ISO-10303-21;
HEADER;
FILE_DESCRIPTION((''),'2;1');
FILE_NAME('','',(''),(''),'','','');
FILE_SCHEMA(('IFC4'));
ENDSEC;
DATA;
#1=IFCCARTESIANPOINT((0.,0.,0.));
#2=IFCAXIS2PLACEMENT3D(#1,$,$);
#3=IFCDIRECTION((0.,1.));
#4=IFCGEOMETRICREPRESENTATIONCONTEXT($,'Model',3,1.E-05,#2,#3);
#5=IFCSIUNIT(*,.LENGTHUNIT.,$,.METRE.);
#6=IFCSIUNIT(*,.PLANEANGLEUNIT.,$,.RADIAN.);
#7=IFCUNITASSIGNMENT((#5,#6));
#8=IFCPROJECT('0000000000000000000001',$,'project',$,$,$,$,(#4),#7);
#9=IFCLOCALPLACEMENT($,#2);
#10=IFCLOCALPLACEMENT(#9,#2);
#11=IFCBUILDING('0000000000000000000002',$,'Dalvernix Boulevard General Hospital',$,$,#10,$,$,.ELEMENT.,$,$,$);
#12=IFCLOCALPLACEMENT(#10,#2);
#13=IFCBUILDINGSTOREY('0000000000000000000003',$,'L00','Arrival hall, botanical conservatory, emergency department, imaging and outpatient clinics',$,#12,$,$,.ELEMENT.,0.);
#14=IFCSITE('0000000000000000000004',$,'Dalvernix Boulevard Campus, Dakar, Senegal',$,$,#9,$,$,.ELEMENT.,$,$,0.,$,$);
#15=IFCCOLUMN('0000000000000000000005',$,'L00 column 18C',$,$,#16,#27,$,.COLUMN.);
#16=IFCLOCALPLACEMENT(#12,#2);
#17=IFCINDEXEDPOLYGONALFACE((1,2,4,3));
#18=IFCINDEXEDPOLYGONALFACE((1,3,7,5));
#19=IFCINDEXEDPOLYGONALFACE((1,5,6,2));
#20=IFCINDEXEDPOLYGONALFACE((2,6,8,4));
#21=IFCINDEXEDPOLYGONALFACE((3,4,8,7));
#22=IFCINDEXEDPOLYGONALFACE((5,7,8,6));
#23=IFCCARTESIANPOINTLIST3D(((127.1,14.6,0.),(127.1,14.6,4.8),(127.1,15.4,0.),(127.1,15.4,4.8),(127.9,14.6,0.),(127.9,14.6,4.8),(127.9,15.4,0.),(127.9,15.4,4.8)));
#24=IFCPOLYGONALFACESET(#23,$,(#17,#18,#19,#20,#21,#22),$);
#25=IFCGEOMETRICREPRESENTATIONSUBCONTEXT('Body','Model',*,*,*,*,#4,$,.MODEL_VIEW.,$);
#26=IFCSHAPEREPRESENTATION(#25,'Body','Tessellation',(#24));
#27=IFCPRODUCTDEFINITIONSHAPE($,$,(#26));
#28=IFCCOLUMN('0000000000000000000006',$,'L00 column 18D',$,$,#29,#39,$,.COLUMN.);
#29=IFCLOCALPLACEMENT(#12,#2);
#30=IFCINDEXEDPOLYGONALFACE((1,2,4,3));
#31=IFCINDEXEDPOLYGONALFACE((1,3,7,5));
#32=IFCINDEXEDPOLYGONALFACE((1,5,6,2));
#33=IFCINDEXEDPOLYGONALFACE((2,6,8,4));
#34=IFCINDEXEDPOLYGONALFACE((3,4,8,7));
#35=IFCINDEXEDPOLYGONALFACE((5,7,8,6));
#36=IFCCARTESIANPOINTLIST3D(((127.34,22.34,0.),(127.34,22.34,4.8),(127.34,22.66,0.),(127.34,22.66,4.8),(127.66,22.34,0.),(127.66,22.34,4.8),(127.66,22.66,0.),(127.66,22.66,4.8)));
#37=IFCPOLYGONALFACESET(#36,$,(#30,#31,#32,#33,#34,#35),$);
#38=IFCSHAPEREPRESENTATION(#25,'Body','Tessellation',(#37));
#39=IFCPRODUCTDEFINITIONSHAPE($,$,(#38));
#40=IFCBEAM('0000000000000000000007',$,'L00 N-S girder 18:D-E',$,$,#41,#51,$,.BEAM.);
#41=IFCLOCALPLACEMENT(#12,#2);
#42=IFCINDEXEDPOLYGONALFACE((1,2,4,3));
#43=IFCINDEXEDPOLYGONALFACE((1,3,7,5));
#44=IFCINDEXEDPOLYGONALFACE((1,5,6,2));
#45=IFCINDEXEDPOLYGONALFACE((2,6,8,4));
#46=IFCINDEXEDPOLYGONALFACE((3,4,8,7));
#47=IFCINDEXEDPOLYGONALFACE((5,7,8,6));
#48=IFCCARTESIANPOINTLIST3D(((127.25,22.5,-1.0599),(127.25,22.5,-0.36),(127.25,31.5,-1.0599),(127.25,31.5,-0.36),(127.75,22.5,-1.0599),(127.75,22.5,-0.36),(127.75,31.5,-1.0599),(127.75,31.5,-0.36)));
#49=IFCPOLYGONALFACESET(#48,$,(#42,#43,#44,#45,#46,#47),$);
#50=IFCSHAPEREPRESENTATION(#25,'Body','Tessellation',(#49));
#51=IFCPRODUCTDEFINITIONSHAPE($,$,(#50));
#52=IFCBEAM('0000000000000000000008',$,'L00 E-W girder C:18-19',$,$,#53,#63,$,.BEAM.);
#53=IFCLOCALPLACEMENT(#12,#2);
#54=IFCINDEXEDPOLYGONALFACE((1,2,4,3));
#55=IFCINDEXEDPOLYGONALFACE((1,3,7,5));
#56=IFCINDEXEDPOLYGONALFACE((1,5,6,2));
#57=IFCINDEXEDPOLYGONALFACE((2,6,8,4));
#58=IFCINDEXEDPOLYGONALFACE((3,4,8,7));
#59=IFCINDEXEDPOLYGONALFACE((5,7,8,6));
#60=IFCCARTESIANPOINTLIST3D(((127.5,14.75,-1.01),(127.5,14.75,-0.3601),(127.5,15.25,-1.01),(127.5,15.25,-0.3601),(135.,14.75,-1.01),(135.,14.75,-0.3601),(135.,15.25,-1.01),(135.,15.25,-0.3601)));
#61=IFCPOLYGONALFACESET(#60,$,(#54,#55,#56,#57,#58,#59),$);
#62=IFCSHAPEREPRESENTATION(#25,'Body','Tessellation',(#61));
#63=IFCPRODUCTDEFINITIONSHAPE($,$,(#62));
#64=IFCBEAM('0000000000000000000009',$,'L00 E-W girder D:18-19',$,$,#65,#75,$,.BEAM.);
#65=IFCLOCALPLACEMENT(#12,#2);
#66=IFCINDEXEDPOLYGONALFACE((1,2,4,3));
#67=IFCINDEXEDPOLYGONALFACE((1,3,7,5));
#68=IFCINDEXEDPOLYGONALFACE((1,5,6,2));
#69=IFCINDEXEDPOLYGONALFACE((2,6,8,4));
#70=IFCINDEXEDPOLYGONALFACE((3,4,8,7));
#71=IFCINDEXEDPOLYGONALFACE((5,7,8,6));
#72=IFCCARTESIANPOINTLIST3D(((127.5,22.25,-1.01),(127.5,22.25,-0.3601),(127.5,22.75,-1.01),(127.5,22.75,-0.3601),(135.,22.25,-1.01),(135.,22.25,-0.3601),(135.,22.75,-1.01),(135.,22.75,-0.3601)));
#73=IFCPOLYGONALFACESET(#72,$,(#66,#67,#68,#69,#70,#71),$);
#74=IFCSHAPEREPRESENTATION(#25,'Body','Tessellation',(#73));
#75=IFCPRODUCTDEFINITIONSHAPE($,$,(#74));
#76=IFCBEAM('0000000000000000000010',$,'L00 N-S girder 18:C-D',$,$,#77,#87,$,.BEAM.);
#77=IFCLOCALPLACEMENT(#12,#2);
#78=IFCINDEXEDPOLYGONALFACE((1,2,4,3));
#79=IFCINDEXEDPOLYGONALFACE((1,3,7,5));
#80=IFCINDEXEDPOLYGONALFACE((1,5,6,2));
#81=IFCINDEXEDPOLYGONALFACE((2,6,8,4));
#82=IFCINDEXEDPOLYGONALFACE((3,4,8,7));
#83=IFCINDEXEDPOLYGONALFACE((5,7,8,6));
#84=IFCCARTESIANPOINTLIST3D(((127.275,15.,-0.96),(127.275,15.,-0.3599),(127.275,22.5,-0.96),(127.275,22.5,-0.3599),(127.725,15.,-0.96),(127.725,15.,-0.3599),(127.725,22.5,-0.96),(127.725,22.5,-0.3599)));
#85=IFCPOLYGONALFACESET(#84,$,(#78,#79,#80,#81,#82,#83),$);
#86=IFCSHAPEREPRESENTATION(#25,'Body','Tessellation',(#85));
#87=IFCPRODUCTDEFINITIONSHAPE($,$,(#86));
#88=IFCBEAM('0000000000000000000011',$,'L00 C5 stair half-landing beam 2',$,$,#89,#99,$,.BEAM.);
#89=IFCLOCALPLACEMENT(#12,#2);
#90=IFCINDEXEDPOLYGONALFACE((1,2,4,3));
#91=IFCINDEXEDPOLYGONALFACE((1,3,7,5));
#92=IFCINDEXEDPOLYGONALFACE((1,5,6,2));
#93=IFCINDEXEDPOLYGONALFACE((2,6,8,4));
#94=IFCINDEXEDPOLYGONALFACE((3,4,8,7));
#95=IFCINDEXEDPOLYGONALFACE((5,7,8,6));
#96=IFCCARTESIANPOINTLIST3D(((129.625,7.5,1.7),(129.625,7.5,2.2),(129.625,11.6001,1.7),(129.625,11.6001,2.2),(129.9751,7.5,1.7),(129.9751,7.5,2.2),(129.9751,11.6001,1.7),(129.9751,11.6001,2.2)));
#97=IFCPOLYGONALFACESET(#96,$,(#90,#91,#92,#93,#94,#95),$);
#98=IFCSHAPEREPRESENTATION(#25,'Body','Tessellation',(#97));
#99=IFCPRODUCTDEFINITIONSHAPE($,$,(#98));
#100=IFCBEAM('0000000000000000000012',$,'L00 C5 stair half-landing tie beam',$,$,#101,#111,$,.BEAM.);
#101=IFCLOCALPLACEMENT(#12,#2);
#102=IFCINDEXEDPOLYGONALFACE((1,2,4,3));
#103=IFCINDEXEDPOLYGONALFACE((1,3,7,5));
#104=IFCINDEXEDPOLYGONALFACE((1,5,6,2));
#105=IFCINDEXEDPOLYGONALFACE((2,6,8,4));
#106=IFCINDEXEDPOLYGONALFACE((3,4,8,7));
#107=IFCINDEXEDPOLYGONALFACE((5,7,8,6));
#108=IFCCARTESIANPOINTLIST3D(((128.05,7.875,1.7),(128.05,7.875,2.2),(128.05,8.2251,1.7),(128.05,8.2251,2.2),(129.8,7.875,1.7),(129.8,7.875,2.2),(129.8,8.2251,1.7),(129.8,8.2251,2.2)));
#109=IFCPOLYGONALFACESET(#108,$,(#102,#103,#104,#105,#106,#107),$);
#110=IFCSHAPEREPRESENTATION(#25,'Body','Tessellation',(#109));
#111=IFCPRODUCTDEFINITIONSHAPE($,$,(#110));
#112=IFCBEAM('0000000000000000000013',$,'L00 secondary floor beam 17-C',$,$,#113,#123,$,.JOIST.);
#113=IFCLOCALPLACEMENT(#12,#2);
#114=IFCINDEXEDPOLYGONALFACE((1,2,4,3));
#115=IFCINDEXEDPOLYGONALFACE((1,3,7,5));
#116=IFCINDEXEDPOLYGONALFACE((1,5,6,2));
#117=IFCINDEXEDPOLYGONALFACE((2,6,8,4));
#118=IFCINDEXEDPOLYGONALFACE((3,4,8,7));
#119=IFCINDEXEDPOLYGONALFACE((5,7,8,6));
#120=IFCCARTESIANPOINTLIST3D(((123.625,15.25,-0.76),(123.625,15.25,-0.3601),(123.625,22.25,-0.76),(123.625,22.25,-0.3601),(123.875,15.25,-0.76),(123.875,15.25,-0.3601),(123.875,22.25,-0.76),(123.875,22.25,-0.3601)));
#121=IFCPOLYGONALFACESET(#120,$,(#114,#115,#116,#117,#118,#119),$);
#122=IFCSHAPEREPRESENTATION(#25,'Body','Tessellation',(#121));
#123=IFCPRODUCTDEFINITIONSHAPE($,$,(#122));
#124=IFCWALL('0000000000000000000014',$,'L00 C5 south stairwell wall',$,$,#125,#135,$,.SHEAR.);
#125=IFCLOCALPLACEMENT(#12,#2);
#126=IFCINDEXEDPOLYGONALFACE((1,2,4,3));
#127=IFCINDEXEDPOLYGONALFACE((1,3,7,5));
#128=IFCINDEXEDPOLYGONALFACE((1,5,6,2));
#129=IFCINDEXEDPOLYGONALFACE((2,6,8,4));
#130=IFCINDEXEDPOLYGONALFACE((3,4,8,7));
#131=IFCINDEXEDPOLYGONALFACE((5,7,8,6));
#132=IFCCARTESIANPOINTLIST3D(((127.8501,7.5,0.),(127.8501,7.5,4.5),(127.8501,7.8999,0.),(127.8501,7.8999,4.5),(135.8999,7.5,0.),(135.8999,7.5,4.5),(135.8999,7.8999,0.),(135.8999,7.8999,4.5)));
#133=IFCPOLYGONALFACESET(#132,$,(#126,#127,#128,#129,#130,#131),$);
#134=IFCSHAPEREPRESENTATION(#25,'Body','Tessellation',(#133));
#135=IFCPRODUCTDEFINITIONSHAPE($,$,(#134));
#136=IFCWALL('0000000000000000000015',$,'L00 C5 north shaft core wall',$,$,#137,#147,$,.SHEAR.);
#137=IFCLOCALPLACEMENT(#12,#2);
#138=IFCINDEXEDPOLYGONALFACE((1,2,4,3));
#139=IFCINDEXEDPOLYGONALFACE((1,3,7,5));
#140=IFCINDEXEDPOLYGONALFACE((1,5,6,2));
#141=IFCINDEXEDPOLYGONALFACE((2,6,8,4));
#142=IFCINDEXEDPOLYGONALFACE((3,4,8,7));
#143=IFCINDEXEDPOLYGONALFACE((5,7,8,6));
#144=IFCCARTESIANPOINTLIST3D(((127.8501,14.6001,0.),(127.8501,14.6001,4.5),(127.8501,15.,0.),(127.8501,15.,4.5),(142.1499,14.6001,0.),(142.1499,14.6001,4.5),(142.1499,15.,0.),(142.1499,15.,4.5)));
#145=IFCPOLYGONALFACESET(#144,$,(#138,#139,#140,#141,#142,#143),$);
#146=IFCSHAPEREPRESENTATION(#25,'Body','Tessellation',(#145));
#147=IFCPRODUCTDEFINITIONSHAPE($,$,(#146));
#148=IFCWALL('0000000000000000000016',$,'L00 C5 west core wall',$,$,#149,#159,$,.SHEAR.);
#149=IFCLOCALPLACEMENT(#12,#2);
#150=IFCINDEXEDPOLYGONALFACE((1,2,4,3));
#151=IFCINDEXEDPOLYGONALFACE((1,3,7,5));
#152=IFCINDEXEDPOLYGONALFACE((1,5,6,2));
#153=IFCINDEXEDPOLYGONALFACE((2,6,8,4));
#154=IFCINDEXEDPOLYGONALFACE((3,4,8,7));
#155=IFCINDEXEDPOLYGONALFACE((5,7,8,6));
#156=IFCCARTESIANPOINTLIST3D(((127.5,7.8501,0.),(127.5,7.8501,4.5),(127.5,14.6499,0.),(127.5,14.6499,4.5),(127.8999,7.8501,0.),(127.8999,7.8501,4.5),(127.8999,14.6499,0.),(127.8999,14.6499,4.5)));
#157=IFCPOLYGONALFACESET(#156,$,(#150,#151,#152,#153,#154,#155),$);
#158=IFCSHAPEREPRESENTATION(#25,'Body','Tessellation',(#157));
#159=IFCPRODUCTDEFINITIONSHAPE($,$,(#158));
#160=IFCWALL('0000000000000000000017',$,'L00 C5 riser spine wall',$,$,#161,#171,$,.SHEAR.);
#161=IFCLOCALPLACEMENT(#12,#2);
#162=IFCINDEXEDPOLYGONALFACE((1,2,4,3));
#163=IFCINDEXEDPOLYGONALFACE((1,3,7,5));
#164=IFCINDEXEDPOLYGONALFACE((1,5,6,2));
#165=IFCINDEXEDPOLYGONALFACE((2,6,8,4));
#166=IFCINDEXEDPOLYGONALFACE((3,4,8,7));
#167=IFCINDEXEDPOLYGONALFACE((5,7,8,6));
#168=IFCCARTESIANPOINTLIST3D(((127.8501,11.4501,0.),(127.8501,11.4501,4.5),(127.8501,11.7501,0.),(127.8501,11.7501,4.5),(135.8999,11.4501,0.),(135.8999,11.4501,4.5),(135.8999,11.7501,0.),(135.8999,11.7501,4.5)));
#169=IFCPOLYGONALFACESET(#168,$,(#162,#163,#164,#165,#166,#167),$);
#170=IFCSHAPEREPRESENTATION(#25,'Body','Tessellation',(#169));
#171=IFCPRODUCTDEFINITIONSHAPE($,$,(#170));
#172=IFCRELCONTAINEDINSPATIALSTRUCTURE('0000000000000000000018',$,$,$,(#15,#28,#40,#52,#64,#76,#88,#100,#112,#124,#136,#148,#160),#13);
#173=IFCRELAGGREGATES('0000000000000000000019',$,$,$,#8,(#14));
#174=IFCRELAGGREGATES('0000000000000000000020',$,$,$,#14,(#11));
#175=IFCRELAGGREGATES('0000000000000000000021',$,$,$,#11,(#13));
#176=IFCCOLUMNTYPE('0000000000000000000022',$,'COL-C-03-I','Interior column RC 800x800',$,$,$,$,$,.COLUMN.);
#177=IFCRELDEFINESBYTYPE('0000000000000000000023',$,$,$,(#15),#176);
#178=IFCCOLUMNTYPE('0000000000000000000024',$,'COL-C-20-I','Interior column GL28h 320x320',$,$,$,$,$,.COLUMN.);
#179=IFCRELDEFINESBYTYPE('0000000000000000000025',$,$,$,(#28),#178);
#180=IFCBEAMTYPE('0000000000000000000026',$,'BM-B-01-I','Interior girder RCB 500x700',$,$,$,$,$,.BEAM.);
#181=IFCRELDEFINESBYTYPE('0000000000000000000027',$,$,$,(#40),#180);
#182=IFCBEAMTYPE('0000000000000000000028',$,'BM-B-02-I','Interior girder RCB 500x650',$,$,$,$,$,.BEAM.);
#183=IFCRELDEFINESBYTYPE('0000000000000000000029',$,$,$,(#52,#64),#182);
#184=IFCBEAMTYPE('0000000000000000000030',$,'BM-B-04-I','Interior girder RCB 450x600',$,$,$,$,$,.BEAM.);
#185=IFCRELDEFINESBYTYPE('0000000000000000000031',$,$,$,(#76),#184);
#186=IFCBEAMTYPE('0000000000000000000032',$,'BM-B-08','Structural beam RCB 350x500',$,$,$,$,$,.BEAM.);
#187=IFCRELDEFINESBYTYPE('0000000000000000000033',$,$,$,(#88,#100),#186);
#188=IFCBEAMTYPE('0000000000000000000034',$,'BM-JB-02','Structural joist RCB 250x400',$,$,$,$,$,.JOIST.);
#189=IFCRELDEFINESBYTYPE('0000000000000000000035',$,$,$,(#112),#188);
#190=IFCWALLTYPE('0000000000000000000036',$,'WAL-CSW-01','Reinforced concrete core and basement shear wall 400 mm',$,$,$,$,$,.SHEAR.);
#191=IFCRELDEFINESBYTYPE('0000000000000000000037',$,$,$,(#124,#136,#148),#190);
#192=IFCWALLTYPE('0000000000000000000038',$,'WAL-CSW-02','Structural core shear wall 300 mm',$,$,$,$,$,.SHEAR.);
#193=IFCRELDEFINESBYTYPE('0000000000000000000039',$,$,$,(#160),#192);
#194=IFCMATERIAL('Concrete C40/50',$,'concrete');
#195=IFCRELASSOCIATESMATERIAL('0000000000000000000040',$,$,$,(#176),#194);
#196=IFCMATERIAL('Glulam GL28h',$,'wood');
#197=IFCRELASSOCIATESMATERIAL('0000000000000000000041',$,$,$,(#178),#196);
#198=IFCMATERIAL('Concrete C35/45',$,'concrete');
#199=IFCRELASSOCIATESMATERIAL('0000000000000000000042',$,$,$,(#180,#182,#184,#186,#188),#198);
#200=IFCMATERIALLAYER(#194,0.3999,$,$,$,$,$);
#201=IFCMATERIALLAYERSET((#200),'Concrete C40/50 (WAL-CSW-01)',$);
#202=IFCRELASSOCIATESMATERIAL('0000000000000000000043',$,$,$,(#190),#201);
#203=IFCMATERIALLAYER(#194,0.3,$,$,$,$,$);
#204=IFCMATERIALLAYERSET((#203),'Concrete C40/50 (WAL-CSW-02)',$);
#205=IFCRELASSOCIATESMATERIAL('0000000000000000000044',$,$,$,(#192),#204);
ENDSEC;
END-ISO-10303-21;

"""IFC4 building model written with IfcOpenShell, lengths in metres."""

from ifc_helpers import new_model, si_unit, direction, frame, frame_2d, origin, origin_2d, place, context, subcontext, project, spatial, rectangle, extrude, material, layer, layer_set, material_profile, profile_set, type_object, element, save


model = new_model("IFC4")

# Units and contexts
model_context = context("Model", 3, precision=1e-05, world=origin(), true_north=direction((0.0, 1.0)))
body_context = subcontext(model_context, "Body", "Model", "MODEL_VIEW")
ifc_project = project(units=[si_unit("LENGTHUNIT", "METRE"), si_unit("PLANEANGLEUNIT", "RADIAN")], contexts=[model_context])

# Site, building, storey
site_placement = place(None, origin())
site = spatial("IfcSite", under=ifc_project, at=site_placement, Name="Dalvernix Boulevard Campus, Dakar, Senegal", CompositionType="ELEMENT", RefElevation=0.0)
building_placement = place(site_placement, origin())
building = spatial("IfcBuilding", under=site, at=building_placement, Name="Dalvernix Boulevard General Hospital", CompositionType="ELEMENT")
storey_placement = place(building_placement, origin())
storey = spatial("IfcBuildingStorey", under=building, at=storey_placement, Name="L00", Description="Arrival hall, botanical conservatory, emergency department, imaging and outpatient clinics", CompositionType="ELEMENT", Elevation=0.0)

# Columns
ifc_material_1 = material(Name="Concrete C40/50", Category="concrete")
ifc_material_profile_1 = material_profile(ifc_material_1, rectangle(XDim=0.8, YDim=0.8, at=origin_2d()), Name="RC 800x800")
ifc_profile_set_1 = profile_set([ifc_material_profile_1], Name="Concrete C40/50")
column_type_1 = type_object("IfcColumnType", Name="COL-C-03-I", Description="Interior column RC 800x800", PredefinedType="COLUMN", material=ifc_profile_set_1)
column_1_placement = place(storey_placement, frame((127.5, 15.0, 0.0), z_axis=(0.0, 0.0, 1.0), x_axis=(1.0, 0.0, 0.0)))
element("IfcColumn", 1, at=column_1_placement, inside=storey, type_object=column_type_1, Name="L00 column 18C", PredefinedType="COLUMN", context=body_context, shape_type="SweptSolid", body=[
    extrude(rectangle(XDim=0.8, YDim=0.8, at=origin_2d()), origin(), (0.0, 0.0, 1.0), 4.8),
])
ifc_material_2 = material(Name="Glulam GL28h", Category="wood")
ifc_material_profile_2 = material_profile(ifc_material_2, rectangle(XDim=0.3201, YDim=0.3201, at=origin_2d()), Name="GL28h 320x320")
ifc_profile_set_2 = profile_set([ifc_material_profile_2], Name="Glulam GL28h")
column_type_2 = type_object("IfcColumnType", Name="COL-C-20-I", Description="Interior column GL28h 320x320", PredefinedType="COLUMN", material=ifc_profile_set_2)
column_2_placement = place(storey_placement, frame((127.5, 22.5, 0.0), z_axis=(0.0, 0.0, 1.0), x_axis=(1.0, 0.0, 0.0)))
element("IfcColumn", 2, at=column_2_placement, inside=storey, type_object=column_type_2, Name="L00 column 18D", PredefinedType="COLUMN", context=body_context, shape_type="SweptSolid", body=[
    extrude(rectangle(XDim=0.3201, YDim=0.3201, at=origin_2d()), origin(), (0.0, 0.0, 1.0), 4.8),
])

# Beams
ifc_material_3 = material(Name="Concrete C35/45", Category="concrete")
ifc_material_profile_3 = material_profile(ifc_material_3, rectangle(XDim=0.5, YDim=0.7, at=origin_2d()), Name="RCB 500x700")
ifc_profile_set_3 = profile_set([ifc_material_profile_3], Name="Concrete C35/45")
beam_type_1 = type_object("IfcBeamType", Name="BM-B-01-I", Description="Interior girder RCB 500x700", PredefinedType="BEAM", material=ifc_profile_set_3)
beam_1_placement = place(storey_placement, frame((127.5, 22.5, -0.71), z_axis=(0.0, 1.0, 0.0), x_axis=(-1.0, 0.0, 0.0)))
element("IfcBeam", 3, at=beam_1_placement, inside=storey, type_object=beam_type_1, Name="L00 N-S girder 18:D-E", PredefinedType="BEAM", context=body_context, shape_type="SweptSolid", body=[
    extrude(rectangle(XDim=0.5, YDim=0.7, at=origin_2d()), origin(), (0.0, 0.0, 1.0), 9.0),
])
ifc_material_profile_4 = material_profile(ifc_material_3, rectangle(XDim=0.5, YDim=0.6499, at=origin_2d()), Name="RCB 500x650")
ifc_profile_set_4 = profile_set([ifc_material_profile_4], Name="Concrete C35/45")
beam_type_2 = type_object("IfcBeamType", Name="BM-B-02-I", Description="Interior girder RCB 500x650", PredefinedType="BEAM", material=ifc_profile_set_4)
for number, where, z_axis, x_axis, name in (
    (4, (127.5, 15.0, -0.6851), (1.0, 0.0, 0.0), (0.0, 1.0, 0.0), "L00 E-W girder C:18-19"),
    (5, (127.5, 22.5, -0.6851), (1.0, 0.0, 0.0), (0.0, 1.0, 0.0), "L00 E-W girder D:18-19"),
):
    element("IfcBeam", number, at=place(storey_placement, frame(where, z_axis=z_axis, x_axis=x_axis)), inside=storey, type_object=beam_type_2, Name=name, PredefinedType="BEAM", context=body_context, shape_type="SweptSolid", body=[
        extrude(rectangle(XDim=0.5, YDim=0.6499, at=origin_2d()), origin(), (0.0, 0.0, 1.0), 7.5),
    ])
ifc_material_profile_5 = material_profile(ifc_material_3, rectangle(XDim=0.45, YDim=0.6001, at=origin_2d()), Name="RCB 450x600")
ifc_profile_set_5 = profile_set([ifc_material_profile_5], Name="Concrete C35/45")
beam_type_3 = type_object("IfcBeamType", Name="BM-B-04-I", Description="Interior girder RCB 450x600", PredefinedType="BEAM", material=ifc_profile_set_5)
beam_2_placement = place(storey_placement, frame((127.5, 15.0, -0.6599), z_axis=(0.0, 1.0, 0.0), x_axis=(-1.0, 0.0, 0.0)))
element("IfcBeam", 6, at=beam_2_placement, inside=storey, type_object=beam_type_3, Name="L00 N-S girder 18:C-D", PredefinedType="BEAM", context=body_context, shape_type="SweptSolid", body=[
    extrude(rectangle(XDim=0.45, YDim=0.6001, at=origin_2d()), origin(), (0.0, 0.0, 1.0), 7.5),
])
ifc_material_profile_6 = material_profile(ifc_material_3, rectangle(XDim=0.3501, YDim=0.5, at=origin_2d()), Name="RCB 350x500")
ifc_profile_set_6 = profile_set([ifc_material_profile_6], Name="Concrete C35/45")
beam_type_4 = type_object("IfcBeamType", Name="BM-B-08", Description="Structural beam RCB 350x500", PredefinedType="BEAM", material=ifc_profile_set_6)
beam_3_placement = place(storey_placement, frame((129.8, 7.5, 1.95), z_axis=(0.0, 1.0, 0.0), x_axis=(-1.0, 0.0, 0.0)))
element("IfcBeam", 7, at=beam_3_placement, inside=storey, type_object=beam_type_4, Name="L00 C5 stair half-landing beam 2", PredefinedType="BEAM", context=body_context, shape_type="SweptSolid", body=[
    extrude(rectangle(XDim=0.3501, YDim=0.5, at=origin_2d()), origin(), (0.0, 0.0, 1.0), 4.1001),
])
beam_4_placement = place(storey_placement, frame((128.05, 8.05, 1.95), z_axis=(1.0, 0.0, 0.0), x_axis=(0.0, 1.0, 0.0)))
element("IfcBeam", 8, at=beam_4_placement, inside=storey, type_object=beam_type_4, Name="L00 C5 stair half-landing tie beam", PredefinedType="BEAM", context=body_context, shape_type="SweptSolid", body=[
    extrude(rectangle(XDim=0.3501, YDim=0.5, at=origin_2d()), origin(), (0.0, 0.0, 1.0), 1.75),
])
ifc_material_profile_7 = material_profile(ifc_material_3, rectangle(XDim=0.25, YDim=0.3999, at=origin_2d()), Name="RCB 250x400")
ifc_profile_set_7 = profile_set([ifc_material_profile_7], Name="Concrete C35/45")
beam_type_5 = type_object("IfcBeamType", Name="BM-JB-02", Description="Structural joist RCB 250x400", PredefinedType="JOIST", material=ifc_profile_set_7)
beam_5_placement = place(storey_placement, frame((123.75, 15.25, -0.5601), z_axis=(0.0, 1.0, 0.0), x_axis=(-1.0, 0.0, 0.0)))
element("IfcBeam", 9, at=beam_5_placement, inside=storey, type_object=beam_type_5, Name="L00 secondary floor beam 17-C", PredefinedType="JOIST", context=body_context, shape_type="SweptSolid", body=[
    extrude(rectangle(XDim=0.25, YDim=0.3999, at=origin_2d()), origin(), (0.0, 0.0, 1.0), 7.0),
])

# Walls
ifc_layer_1 = layer(ifc_material_1, 0.3999)
ifc_layer_set_1 = layer_set([ifc_layer_1], Name="Concrete C40/50 (WAL-CSW-01)")
wall_type_1 = type_object("IfcWallType", Name="WAL-CSW-01", Description="Reinforced concrete core and basement shear wall 400 mm", PredefinedType="SHEAR", material=ifc_layer_set_1)
wall_1_placement = place(storey_placement, frame((127.8501, 7.7, 0.0), z_axis=(0.0, 0.0, 1.0), x_axis=(1.0, 0.0, 0.0)))
element("IfcWall", 10, at=wall_1_placement, inside=storey, type_object=wall_type_1, Name="L00 C5 south stairwell wall", PredefinedType="SHEAR", context=body_context, shape_type="SweptSolid", body=[
    extrude(rectangle(XDim=8.0498, YDim=0.3999, at=frame_2d((4.0249, 0.0))), origin(), (0.0, 0.0, 1.0), 4.5),
])
wall_2_placement = place(storey_placement, frame((127.8501, 14.8, 0.0), z_axis=(0.0, 0.0, 1.0), x_axis=(1.0, 0.0, 0.0)))
element("IfcWall", 11, at=wall_2_placement, inside=storey, type_object=wall_type_1, Name="L00 C5 north shaft core wall", PredefinedType="SHEAR", context=body_context, shape_type="SweptSolid", body=[
    extrude(rectangle(XDim=14.2998, YDim=0.3999, at=frame_2d((7.1499, 0.0))), origin(), (0.0, 0.0, 1.0), 4.5),
])
wall_3_placement = place(storey_placement, frame((127.7, 7.8501, 0.0), z_axis=(0.0, 0.0, 1.0), x_axis=(0.0, 1.0, 0.0)))
element("IfcWall", 12, at=wall_3_placement, inside=storey, type_object=wall_type_1, Name="L00 C5 west core wall", PredefinedType="SHEAR", context=body_context, shape_type="SweptSolid", body=[
    extrude(rectangle(XDim=6.7998, YDim=0.3999, at=frame_2d((3.3999, 0.0))), origin(), (0.0, 0.0, 1.0), 4.5),
])
ifc_layer_2 = layer(ifc_material_1, 0.3)
ifc_layer_set_2 = layer_set([ifc_layer_2], Name="Concrete C40/50 (WAL-CSW-02)")
wall_type_2 = type_object("IfcWallType", Name="WAL-CSW-02", Description="Structural core shear wall 300 mm", PredefinedType="SHEAR", material=ifc_layer_set_2)
wall_4_placement = place(storey_placement, frame((127.8501, 11.6001, 0.0), z_axis=(0.0, 0.0, 1.0), x_axis=(1.0, 0.0, 0.0)))
element("IfcWall", 13, at=wall_4_placement, inside=storey, type_object=wall_type_2, Name="L00 C5 riser spine wall", PredefinedType="SHEAR", context=body_context, shape_type="SweptSolid", body=[
    extrude(rectangle(XDim=8.0498, YDim=0.3, at=frame_2d((4.0249, 0.0))), origin(), (0.0, 0.0, 1.0), 4.5),
])

save(model, "model.ifc")
